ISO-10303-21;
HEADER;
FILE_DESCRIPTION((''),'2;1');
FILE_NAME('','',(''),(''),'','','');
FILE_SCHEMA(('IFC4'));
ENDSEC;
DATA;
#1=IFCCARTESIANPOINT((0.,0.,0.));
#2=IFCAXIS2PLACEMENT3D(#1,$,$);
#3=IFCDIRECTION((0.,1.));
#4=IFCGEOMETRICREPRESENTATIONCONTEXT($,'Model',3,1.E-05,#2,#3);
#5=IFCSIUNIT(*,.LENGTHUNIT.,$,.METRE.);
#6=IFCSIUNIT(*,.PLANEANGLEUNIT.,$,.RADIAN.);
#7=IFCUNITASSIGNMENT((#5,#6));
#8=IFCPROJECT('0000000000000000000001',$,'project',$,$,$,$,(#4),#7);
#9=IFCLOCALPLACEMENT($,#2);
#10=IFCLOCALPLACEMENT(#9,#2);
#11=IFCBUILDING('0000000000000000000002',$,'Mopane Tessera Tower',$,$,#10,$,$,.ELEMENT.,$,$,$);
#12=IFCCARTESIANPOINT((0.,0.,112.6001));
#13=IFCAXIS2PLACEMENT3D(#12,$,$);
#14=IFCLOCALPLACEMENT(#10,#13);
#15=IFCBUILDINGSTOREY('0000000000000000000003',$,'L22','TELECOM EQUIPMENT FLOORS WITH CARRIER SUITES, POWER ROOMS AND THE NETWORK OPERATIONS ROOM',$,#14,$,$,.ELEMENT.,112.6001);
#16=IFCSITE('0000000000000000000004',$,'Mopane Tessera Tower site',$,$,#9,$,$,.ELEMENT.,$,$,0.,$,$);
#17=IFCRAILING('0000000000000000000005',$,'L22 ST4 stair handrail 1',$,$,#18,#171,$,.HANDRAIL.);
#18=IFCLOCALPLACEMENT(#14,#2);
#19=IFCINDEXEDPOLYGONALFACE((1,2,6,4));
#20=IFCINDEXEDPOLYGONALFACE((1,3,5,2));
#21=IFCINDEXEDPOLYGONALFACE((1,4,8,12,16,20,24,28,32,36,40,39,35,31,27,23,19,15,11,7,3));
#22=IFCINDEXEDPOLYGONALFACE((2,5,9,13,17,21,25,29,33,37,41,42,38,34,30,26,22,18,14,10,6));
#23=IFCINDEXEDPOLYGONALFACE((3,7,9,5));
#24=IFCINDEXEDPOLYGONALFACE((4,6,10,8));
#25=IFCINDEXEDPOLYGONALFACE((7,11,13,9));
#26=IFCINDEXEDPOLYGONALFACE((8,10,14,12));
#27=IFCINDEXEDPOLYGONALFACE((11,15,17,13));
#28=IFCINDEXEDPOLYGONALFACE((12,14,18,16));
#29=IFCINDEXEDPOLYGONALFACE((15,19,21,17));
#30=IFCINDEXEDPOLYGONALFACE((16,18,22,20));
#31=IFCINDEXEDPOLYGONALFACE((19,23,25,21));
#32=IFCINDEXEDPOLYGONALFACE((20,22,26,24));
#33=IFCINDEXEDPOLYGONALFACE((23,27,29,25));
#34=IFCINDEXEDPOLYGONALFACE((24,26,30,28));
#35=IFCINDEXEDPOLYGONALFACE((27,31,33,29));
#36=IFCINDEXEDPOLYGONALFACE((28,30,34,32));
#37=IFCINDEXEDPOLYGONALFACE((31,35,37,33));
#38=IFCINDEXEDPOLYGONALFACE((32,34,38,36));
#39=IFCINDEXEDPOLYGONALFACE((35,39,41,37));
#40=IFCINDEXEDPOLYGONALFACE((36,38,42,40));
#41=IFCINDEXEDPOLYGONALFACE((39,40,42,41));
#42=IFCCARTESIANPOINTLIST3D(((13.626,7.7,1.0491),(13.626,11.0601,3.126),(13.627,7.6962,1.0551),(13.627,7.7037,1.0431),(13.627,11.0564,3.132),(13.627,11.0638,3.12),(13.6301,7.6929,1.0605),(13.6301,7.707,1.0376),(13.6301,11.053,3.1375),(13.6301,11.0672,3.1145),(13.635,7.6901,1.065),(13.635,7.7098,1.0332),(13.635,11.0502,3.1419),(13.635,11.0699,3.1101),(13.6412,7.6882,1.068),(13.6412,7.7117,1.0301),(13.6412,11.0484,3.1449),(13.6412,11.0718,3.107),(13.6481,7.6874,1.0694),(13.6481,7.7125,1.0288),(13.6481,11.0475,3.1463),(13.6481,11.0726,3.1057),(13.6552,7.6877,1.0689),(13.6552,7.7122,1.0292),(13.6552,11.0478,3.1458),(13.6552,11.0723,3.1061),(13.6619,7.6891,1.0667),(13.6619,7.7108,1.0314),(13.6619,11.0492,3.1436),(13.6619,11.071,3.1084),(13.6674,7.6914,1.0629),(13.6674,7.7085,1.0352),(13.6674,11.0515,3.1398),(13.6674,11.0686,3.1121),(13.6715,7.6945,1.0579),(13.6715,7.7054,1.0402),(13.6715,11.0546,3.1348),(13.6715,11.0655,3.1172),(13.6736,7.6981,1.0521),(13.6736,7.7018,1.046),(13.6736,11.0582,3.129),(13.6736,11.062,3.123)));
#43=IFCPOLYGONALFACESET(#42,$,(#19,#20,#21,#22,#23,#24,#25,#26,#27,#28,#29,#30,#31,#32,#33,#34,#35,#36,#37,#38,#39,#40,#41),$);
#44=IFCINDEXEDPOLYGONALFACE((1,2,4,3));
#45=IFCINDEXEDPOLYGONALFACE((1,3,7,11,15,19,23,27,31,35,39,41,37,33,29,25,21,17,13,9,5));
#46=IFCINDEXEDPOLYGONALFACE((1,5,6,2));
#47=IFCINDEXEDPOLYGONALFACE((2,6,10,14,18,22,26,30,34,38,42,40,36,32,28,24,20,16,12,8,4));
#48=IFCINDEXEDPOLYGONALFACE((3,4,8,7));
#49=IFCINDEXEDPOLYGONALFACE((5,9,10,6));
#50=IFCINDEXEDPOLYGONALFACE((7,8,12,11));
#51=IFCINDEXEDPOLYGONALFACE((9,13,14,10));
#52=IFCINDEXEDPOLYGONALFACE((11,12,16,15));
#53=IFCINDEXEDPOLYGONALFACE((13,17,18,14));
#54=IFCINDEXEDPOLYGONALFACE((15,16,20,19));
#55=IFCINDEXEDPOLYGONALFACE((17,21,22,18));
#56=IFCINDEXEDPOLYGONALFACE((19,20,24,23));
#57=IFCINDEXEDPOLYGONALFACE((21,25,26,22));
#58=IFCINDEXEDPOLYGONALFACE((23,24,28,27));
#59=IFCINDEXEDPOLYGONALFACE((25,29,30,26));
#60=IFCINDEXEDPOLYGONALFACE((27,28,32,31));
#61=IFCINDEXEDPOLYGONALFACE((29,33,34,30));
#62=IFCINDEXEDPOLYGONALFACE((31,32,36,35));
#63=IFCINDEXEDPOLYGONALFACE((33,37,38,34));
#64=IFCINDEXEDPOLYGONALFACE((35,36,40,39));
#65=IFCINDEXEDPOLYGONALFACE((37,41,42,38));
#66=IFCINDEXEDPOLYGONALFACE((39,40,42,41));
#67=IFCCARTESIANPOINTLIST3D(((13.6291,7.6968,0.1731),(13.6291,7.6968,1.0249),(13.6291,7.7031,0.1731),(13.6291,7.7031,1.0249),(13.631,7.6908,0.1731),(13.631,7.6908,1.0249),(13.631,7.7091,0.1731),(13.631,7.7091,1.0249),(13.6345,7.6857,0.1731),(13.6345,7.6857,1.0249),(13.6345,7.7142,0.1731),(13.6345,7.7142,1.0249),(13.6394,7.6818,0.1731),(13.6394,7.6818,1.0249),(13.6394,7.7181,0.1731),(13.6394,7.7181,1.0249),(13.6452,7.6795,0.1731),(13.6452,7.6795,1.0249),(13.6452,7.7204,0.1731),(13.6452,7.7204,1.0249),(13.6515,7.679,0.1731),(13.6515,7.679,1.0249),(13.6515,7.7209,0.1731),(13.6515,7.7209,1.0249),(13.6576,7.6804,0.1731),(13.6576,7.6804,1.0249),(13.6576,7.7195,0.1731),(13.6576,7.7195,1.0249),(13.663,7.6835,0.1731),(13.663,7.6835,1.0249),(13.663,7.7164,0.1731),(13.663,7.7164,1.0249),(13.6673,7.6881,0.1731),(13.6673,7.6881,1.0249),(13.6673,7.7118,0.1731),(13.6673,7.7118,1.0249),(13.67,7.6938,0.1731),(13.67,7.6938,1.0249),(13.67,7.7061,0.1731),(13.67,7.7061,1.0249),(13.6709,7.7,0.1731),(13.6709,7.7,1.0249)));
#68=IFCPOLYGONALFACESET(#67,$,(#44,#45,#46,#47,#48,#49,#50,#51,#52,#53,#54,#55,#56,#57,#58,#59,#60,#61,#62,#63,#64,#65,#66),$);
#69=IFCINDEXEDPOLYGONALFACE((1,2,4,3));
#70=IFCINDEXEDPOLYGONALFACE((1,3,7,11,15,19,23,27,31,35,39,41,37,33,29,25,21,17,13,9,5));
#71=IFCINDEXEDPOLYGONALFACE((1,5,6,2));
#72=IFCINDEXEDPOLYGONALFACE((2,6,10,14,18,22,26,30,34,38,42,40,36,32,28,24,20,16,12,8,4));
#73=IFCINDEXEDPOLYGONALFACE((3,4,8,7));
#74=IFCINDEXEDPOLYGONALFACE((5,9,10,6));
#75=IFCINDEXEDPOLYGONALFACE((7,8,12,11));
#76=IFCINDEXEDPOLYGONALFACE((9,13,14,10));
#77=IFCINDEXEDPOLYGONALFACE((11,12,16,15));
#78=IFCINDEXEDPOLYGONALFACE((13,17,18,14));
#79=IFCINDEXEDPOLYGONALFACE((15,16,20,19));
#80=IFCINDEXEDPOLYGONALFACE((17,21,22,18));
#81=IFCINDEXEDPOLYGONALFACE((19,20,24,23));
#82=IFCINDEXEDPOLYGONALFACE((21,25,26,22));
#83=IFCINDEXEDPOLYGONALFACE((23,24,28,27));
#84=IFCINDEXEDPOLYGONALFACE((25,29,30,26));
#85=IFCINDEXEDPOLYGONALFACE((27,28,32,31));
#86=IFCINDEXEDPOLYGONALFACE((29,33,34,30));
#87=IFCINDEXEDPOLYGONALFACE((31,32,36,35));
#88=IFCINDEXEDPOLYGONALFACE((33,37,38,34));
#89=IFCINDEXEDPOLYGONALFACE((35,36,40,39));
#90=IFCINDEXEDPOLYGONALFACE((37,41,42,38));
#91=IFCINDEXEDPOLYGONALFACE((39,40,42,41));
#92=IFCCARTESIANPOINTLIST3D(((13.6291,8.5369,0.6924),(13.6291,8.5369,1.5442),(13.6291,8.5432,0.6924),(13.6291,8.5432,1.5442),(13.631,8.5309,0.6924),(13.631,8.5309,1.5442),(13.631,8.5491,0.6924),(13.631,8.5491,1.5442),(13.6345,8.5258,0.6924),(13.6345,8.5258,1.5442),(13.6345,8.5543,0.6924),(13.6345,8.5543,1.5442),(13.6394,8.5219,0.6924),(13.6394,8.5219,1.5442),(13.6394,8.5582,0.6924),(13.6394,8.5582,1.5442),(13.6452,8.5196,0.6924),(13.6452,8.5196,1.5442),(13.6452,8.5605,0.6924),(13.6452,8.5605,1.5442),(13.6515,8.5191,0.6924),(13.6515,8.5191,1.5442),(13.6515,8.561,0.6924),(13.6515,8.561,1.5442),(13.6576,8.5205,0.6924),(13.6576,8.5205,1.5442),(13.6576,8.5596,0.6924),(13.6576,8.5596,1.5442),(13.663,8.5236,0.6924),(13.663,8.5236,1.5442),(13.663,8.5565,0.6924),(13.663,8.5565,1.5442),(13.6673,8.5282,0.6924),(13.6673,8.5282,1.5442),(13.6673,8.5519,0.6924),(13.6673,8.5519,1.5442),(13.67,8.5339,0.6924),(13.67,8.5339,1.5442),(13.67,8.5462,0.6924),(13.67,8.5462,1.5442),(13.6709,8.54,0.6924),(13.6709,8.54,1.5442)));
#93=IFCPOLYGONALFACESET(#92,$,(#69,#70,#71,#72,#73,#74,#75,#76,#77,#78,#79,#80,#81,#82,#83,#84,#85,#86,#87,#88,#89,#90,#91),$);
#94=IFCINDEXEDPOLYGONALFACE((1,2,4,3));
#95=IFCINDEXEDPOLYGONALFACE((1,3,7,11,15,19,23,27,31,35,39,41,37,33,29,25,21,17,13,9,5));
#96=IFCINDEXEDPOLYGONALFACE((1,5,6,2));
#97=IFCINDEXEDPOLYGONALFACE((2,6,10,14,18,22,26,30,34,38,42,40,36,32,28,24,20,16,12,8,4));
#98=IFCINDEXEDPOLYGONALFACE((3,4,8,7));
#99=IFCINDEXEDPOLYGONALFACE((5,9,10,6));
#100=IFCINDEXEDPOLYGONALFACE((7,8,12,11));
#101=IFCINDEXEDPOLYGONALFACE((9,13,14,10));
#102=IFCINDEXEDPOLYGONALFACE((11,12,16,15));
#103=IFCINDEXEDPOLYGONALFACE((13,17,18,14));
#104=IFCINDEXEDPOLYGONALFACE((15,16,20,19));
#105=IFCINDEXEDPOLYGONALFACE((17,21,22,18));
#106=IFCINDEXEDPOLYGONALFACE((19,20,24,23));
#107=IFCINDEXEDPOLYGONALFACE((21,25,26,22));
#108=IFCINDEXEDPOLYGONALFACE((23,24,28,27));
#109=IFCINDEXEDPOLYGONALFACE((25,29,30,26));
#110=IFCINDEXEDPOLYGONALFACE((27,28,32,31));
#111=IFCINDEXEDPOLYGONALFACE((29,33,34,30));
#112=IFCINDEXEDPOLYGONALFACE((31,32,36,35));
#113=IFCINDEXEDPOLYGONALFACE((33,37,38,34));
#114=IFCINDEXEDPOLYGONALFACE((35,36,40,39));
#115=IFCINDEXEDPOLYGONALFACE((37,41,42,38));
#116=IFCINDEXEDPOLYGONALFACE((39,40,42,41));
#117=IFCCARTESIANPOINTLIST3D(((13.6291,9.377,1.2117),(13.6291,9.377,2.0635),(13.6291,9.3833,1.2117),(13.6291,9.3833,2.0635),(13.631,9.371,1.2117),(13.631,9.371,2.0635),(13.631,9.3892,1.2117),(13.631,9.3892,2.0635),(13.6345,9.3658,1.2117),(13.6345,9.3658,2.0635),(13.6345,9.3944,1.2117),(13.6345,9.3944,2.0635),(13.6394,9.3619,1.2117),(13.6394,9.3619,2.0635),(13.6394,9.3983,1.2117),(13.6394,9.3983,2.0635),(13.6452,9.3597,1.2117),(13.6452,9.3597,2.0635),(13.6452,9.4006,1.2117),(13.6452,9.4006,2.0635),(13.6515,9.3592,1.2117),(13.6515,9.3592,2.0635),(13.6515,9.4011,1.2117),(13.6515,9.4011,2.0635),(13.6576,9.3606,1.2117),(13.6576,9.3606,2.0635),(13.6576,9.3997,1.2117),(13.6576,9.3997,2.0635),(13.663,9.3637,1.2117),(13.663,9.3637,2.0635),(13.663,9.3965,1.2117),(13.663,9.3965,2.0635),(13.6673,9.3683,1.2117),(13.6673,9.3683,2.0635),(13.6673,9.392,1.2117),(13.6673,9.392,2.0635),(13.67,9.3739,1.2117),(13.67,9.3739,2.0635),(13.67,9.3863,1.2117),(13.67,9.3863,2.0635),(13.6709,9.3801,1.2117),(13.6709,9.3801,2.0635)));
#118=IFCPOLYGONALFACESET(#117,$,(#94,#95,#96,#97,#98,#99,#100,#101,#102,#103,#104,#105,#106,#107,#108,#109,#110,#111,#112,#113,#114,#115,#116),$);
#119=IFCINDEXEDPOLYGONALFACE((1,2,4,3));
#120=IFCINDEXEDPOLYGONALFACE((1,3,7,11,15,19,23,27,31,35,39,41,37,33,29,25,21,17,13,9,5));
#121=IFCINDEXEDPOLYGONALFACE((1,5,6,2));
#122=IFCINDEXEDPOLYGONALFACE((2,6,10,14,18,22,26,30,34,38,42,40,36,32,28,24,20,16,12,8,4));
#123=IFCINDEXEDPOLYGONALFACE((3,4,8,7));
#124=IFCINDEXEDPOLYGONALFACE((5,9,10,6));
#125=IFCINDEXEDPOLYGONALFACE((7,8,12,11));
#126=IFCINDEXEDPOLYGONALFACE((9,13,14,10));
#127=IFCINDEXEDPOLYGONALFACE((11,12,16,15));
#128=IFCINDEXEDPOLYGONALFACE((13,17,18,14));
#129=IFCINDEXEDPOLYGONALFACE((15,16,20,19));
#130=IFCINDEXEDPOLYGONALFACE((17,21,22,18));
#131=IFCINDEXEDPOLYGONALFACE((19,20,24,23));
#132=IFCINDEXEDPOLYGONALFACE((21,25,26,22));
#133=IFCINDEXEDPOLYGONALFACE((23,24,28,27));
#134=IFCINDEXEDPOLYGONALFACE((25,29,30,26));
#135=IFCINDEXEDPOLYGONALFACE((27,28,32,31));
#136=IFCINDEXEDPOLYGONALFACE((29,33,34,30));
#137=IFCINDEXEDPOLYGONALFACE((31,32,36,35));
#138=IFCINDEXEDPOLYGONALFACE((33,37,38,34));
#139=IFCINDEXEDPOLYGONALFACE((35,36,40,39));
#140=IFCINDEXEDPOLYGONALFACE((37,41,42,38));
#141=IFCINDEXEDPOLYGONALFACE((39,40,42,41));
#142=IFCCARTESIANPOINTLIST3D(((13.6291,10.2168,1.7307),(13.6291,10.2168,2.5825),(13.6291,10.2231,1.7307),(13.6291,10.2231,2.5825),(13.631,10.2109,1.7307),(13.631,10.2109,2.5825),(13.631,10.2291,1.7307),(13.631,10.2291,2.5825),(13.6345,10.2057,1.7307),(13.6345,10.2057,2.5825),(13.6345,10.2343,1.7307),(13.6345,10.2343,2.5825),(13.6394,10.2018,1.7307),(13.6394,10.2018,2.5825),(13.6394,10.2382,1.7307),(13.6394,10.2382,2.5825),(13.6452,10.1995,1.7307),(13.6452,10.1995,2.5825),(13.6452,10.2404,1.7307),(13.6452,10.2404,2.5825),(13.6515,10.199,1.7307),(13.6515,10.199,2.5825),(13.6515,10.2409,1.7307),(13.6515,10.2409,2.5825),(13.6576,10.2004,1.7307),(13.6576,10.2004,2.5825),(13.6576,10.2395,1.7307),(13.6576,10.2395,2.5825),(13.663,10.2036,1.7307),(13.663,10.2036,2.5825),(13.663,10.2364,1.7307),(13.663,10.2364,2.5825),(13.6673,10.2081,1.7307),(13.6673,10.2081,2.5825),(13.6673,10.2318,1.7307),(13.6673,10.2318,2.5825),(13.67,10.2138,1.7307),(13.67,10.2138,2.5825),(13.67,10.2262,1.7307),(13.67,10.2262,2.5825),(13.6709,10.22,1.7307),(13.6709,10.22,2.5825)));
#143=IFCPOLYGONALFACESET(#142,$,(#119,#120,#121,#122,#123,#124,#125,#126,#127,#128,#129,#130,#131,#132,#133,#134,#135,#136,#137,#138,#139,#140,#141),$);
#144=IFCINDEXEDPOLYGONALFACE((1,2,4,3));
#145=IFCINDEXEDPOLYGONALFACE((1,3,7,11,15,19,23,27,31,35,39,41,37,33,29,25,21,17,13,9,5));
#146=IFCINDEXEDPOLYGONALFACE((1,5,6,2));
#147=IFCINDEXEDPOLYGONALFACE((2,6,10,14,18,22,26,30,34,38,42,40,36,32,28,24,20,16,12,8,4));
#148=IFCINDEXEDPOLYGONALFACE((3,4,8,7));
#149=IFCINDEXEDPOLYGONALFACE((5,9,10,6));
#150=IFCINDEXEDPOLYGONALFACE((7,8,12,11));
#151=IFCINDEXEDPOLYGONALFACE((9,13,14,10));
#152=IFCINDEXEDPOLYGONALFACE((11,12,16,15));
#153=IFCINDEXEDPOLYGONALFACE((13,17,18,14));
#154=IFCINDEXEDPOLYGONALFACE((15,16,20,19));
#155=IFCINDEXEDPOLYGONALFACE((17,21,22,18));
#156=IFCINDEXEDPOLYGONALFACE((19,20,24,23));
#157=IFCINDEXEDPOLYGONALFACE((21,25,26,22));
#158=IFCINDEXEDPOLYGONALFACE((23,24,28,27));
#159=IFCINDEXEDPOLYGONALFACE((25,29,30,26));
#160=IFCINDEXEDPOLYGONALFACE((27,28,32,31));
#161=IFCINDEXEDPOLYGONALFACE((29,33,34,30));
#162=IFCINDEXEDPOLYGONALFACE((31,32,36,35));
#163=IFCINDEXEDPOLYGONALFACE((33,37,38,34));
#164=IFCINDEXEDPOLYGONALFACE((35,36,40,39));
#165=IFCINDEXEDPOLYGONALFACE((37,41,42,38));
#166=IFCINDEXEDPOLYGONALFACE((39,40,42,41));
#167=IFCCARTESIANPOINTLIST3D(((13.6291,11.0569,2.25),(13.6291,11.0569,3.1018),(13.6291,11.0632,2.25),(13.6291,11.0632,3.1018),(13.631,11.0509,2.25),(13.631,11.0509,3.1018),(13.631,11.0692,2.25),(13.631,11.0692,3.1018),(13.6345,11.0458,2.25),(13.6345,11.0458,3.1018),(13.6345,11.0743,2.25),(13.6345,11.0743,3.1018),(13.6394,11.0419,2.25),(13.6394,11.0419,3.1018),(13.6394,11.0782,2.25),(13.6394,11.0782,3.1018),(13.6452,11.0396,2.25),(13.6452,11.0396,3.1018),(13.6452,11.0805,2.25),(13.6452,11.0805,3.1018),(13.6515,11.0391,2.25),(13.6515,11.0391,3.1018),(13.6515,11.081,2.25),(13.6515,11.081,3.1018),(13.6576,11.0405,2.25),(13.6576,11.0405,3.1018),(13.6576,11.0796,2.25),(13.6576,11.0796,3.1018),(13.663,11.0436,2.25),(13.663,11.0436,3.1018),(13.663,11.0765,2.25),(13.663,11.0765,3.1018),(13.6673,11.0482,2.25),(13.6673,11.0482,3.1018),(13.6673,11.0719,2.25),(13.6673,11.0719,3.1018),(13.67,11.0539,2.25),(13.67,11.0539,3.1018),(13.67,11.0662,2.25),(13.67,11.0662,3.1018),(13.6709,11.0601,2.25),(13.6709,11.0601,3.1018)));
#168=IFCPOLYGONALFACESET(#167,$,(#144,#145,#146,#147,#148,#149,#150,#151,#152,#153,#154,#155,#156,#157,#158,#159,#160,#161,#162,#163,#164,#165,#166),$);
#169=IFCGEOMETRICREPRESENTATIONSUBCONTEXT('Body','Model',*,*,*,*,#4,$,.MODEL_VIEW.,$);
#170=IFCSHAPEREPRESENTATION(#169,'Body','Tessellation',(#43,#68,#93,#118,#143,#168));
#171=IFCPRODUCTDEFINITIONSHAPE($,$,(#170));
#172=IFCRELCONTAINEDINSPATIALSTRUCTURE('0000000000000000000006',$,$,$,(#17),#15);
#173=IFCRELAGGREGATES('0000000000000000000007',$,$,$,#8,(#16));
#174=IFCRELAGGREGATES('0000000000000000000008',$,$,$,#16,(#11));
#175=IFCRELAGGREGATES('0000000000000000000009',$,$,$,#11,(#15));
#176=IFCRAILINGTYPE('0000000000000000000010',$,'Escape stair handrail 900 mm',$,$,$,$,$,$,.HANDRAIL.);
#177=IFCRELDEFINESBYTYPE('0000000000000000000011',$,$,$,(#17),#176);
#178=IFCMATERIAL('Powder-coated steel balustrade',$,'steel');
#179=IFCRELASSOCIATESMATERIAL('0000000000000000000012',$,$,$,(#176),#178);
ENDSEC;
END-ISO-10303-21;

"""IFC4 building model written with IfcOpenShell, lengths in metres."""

from ifc_helpers import new_model, si_unit, direction, frame, origin, origin_2d, place, context, subcontext, project, spatial, circle, extrude, material, type_object, element, save


model = new_model("IFC4")

# Units and contexts
model_context = context("Model", 3, precision=1e-05, world=origin(), true_north=direction((0.0, 1.0)))
body_context = subcontext(model_context, "Body", "Model", "MODEL_VIEW")
ifc_project = project(units=[si_unit("LENGTHUNIT", "METRE"), si_unit("PLANEANGLEUNIT", "RADIAN")], contexts=[model_context])

# Site, building, storey
site_placement = place(None, origin())
site = spatial("IfcSite", under=ifc_project, at=site_placement, Name="Mopane Tessera Tower site", CompositionType="ELEMENT", RefElevation=0.0)
building_placement = place(site_placement, origin())
building = spatial("IfcBuilding", under=site, at=building_placement, Name="Mopane Tessera Tower", CompositionType="ELEMENT")
storey_placement = place(building_placement, frame((0.0, 0.0, 112.6001)))
storey = spatial("IfcBuildingStorey", under=building, at=storey_placement, Name="L22", Description="TELECOM EQUIPMENT FLOORS WITH CARRIER SUITES, POWER ROOMS AND THE NETWORK OPERATIONS ROOM", CompositionType="ELEMENT", Elevation=112.6001)

# Railing
ifc_material_1 = material(Name="Powder-coated steel balustrade", Category="steel")
railing_type_1 = type_object("IfcRailingType", Name="Escape stair handrail 900 mm", PredefinedType="HANDRAIL", material=ifc_material_1)
railing_1_placement = place(storey_placement, frame((13.6499, 7.7, 0.1731)))
element("IfcRailing", 1, at=railing_1_placement, inside=storey, type_object=railing_type_1, Name="L22 ST4 stair handrail 1", PredefinedType="HANDRAIL", context=body_context, shape_type="SweptSolid", body=[
    extrude(circle(Radius=0.0239, at=origin_2d()), frame((0.0, 0.0, 0.876), z_axis=(0.0, 0.850623, 0.525776), x_axis=(-1.0, 0.0, 0.0)), (0.0, 0.0, 1.0), 3.9502),
    extrude(circle(Radius=0.021, at=origin_2d()), origin(), (0.0, 0.0, 1.0), 0.8518),
    extrude(circle(Radius=0.021, at=origin_2d()), frame((0.0, 0.8401, 0.5193)), (0.0, 0.0, 1.0), 0.8518),
    extrude(circle(Radius=0.021, at=origin_2d()), frame((0.0, 1.6802, 1.0386)), (0.0, 0.0, 1.0), 0.8518),
    extrude(circle(Radius=0.021, at=origin_2d()), frame((0.0, 2.52, 1.5576)), (0.0, 0.0, 1.0), 0.8518),
    extrude(circle(Radius=0.021, at=origin_2d()), frame((0.0, 3.3601, 2.0769)), (0.0, 0.0, 1.0), 0.8518),
])

save(model, "model.ifc")
